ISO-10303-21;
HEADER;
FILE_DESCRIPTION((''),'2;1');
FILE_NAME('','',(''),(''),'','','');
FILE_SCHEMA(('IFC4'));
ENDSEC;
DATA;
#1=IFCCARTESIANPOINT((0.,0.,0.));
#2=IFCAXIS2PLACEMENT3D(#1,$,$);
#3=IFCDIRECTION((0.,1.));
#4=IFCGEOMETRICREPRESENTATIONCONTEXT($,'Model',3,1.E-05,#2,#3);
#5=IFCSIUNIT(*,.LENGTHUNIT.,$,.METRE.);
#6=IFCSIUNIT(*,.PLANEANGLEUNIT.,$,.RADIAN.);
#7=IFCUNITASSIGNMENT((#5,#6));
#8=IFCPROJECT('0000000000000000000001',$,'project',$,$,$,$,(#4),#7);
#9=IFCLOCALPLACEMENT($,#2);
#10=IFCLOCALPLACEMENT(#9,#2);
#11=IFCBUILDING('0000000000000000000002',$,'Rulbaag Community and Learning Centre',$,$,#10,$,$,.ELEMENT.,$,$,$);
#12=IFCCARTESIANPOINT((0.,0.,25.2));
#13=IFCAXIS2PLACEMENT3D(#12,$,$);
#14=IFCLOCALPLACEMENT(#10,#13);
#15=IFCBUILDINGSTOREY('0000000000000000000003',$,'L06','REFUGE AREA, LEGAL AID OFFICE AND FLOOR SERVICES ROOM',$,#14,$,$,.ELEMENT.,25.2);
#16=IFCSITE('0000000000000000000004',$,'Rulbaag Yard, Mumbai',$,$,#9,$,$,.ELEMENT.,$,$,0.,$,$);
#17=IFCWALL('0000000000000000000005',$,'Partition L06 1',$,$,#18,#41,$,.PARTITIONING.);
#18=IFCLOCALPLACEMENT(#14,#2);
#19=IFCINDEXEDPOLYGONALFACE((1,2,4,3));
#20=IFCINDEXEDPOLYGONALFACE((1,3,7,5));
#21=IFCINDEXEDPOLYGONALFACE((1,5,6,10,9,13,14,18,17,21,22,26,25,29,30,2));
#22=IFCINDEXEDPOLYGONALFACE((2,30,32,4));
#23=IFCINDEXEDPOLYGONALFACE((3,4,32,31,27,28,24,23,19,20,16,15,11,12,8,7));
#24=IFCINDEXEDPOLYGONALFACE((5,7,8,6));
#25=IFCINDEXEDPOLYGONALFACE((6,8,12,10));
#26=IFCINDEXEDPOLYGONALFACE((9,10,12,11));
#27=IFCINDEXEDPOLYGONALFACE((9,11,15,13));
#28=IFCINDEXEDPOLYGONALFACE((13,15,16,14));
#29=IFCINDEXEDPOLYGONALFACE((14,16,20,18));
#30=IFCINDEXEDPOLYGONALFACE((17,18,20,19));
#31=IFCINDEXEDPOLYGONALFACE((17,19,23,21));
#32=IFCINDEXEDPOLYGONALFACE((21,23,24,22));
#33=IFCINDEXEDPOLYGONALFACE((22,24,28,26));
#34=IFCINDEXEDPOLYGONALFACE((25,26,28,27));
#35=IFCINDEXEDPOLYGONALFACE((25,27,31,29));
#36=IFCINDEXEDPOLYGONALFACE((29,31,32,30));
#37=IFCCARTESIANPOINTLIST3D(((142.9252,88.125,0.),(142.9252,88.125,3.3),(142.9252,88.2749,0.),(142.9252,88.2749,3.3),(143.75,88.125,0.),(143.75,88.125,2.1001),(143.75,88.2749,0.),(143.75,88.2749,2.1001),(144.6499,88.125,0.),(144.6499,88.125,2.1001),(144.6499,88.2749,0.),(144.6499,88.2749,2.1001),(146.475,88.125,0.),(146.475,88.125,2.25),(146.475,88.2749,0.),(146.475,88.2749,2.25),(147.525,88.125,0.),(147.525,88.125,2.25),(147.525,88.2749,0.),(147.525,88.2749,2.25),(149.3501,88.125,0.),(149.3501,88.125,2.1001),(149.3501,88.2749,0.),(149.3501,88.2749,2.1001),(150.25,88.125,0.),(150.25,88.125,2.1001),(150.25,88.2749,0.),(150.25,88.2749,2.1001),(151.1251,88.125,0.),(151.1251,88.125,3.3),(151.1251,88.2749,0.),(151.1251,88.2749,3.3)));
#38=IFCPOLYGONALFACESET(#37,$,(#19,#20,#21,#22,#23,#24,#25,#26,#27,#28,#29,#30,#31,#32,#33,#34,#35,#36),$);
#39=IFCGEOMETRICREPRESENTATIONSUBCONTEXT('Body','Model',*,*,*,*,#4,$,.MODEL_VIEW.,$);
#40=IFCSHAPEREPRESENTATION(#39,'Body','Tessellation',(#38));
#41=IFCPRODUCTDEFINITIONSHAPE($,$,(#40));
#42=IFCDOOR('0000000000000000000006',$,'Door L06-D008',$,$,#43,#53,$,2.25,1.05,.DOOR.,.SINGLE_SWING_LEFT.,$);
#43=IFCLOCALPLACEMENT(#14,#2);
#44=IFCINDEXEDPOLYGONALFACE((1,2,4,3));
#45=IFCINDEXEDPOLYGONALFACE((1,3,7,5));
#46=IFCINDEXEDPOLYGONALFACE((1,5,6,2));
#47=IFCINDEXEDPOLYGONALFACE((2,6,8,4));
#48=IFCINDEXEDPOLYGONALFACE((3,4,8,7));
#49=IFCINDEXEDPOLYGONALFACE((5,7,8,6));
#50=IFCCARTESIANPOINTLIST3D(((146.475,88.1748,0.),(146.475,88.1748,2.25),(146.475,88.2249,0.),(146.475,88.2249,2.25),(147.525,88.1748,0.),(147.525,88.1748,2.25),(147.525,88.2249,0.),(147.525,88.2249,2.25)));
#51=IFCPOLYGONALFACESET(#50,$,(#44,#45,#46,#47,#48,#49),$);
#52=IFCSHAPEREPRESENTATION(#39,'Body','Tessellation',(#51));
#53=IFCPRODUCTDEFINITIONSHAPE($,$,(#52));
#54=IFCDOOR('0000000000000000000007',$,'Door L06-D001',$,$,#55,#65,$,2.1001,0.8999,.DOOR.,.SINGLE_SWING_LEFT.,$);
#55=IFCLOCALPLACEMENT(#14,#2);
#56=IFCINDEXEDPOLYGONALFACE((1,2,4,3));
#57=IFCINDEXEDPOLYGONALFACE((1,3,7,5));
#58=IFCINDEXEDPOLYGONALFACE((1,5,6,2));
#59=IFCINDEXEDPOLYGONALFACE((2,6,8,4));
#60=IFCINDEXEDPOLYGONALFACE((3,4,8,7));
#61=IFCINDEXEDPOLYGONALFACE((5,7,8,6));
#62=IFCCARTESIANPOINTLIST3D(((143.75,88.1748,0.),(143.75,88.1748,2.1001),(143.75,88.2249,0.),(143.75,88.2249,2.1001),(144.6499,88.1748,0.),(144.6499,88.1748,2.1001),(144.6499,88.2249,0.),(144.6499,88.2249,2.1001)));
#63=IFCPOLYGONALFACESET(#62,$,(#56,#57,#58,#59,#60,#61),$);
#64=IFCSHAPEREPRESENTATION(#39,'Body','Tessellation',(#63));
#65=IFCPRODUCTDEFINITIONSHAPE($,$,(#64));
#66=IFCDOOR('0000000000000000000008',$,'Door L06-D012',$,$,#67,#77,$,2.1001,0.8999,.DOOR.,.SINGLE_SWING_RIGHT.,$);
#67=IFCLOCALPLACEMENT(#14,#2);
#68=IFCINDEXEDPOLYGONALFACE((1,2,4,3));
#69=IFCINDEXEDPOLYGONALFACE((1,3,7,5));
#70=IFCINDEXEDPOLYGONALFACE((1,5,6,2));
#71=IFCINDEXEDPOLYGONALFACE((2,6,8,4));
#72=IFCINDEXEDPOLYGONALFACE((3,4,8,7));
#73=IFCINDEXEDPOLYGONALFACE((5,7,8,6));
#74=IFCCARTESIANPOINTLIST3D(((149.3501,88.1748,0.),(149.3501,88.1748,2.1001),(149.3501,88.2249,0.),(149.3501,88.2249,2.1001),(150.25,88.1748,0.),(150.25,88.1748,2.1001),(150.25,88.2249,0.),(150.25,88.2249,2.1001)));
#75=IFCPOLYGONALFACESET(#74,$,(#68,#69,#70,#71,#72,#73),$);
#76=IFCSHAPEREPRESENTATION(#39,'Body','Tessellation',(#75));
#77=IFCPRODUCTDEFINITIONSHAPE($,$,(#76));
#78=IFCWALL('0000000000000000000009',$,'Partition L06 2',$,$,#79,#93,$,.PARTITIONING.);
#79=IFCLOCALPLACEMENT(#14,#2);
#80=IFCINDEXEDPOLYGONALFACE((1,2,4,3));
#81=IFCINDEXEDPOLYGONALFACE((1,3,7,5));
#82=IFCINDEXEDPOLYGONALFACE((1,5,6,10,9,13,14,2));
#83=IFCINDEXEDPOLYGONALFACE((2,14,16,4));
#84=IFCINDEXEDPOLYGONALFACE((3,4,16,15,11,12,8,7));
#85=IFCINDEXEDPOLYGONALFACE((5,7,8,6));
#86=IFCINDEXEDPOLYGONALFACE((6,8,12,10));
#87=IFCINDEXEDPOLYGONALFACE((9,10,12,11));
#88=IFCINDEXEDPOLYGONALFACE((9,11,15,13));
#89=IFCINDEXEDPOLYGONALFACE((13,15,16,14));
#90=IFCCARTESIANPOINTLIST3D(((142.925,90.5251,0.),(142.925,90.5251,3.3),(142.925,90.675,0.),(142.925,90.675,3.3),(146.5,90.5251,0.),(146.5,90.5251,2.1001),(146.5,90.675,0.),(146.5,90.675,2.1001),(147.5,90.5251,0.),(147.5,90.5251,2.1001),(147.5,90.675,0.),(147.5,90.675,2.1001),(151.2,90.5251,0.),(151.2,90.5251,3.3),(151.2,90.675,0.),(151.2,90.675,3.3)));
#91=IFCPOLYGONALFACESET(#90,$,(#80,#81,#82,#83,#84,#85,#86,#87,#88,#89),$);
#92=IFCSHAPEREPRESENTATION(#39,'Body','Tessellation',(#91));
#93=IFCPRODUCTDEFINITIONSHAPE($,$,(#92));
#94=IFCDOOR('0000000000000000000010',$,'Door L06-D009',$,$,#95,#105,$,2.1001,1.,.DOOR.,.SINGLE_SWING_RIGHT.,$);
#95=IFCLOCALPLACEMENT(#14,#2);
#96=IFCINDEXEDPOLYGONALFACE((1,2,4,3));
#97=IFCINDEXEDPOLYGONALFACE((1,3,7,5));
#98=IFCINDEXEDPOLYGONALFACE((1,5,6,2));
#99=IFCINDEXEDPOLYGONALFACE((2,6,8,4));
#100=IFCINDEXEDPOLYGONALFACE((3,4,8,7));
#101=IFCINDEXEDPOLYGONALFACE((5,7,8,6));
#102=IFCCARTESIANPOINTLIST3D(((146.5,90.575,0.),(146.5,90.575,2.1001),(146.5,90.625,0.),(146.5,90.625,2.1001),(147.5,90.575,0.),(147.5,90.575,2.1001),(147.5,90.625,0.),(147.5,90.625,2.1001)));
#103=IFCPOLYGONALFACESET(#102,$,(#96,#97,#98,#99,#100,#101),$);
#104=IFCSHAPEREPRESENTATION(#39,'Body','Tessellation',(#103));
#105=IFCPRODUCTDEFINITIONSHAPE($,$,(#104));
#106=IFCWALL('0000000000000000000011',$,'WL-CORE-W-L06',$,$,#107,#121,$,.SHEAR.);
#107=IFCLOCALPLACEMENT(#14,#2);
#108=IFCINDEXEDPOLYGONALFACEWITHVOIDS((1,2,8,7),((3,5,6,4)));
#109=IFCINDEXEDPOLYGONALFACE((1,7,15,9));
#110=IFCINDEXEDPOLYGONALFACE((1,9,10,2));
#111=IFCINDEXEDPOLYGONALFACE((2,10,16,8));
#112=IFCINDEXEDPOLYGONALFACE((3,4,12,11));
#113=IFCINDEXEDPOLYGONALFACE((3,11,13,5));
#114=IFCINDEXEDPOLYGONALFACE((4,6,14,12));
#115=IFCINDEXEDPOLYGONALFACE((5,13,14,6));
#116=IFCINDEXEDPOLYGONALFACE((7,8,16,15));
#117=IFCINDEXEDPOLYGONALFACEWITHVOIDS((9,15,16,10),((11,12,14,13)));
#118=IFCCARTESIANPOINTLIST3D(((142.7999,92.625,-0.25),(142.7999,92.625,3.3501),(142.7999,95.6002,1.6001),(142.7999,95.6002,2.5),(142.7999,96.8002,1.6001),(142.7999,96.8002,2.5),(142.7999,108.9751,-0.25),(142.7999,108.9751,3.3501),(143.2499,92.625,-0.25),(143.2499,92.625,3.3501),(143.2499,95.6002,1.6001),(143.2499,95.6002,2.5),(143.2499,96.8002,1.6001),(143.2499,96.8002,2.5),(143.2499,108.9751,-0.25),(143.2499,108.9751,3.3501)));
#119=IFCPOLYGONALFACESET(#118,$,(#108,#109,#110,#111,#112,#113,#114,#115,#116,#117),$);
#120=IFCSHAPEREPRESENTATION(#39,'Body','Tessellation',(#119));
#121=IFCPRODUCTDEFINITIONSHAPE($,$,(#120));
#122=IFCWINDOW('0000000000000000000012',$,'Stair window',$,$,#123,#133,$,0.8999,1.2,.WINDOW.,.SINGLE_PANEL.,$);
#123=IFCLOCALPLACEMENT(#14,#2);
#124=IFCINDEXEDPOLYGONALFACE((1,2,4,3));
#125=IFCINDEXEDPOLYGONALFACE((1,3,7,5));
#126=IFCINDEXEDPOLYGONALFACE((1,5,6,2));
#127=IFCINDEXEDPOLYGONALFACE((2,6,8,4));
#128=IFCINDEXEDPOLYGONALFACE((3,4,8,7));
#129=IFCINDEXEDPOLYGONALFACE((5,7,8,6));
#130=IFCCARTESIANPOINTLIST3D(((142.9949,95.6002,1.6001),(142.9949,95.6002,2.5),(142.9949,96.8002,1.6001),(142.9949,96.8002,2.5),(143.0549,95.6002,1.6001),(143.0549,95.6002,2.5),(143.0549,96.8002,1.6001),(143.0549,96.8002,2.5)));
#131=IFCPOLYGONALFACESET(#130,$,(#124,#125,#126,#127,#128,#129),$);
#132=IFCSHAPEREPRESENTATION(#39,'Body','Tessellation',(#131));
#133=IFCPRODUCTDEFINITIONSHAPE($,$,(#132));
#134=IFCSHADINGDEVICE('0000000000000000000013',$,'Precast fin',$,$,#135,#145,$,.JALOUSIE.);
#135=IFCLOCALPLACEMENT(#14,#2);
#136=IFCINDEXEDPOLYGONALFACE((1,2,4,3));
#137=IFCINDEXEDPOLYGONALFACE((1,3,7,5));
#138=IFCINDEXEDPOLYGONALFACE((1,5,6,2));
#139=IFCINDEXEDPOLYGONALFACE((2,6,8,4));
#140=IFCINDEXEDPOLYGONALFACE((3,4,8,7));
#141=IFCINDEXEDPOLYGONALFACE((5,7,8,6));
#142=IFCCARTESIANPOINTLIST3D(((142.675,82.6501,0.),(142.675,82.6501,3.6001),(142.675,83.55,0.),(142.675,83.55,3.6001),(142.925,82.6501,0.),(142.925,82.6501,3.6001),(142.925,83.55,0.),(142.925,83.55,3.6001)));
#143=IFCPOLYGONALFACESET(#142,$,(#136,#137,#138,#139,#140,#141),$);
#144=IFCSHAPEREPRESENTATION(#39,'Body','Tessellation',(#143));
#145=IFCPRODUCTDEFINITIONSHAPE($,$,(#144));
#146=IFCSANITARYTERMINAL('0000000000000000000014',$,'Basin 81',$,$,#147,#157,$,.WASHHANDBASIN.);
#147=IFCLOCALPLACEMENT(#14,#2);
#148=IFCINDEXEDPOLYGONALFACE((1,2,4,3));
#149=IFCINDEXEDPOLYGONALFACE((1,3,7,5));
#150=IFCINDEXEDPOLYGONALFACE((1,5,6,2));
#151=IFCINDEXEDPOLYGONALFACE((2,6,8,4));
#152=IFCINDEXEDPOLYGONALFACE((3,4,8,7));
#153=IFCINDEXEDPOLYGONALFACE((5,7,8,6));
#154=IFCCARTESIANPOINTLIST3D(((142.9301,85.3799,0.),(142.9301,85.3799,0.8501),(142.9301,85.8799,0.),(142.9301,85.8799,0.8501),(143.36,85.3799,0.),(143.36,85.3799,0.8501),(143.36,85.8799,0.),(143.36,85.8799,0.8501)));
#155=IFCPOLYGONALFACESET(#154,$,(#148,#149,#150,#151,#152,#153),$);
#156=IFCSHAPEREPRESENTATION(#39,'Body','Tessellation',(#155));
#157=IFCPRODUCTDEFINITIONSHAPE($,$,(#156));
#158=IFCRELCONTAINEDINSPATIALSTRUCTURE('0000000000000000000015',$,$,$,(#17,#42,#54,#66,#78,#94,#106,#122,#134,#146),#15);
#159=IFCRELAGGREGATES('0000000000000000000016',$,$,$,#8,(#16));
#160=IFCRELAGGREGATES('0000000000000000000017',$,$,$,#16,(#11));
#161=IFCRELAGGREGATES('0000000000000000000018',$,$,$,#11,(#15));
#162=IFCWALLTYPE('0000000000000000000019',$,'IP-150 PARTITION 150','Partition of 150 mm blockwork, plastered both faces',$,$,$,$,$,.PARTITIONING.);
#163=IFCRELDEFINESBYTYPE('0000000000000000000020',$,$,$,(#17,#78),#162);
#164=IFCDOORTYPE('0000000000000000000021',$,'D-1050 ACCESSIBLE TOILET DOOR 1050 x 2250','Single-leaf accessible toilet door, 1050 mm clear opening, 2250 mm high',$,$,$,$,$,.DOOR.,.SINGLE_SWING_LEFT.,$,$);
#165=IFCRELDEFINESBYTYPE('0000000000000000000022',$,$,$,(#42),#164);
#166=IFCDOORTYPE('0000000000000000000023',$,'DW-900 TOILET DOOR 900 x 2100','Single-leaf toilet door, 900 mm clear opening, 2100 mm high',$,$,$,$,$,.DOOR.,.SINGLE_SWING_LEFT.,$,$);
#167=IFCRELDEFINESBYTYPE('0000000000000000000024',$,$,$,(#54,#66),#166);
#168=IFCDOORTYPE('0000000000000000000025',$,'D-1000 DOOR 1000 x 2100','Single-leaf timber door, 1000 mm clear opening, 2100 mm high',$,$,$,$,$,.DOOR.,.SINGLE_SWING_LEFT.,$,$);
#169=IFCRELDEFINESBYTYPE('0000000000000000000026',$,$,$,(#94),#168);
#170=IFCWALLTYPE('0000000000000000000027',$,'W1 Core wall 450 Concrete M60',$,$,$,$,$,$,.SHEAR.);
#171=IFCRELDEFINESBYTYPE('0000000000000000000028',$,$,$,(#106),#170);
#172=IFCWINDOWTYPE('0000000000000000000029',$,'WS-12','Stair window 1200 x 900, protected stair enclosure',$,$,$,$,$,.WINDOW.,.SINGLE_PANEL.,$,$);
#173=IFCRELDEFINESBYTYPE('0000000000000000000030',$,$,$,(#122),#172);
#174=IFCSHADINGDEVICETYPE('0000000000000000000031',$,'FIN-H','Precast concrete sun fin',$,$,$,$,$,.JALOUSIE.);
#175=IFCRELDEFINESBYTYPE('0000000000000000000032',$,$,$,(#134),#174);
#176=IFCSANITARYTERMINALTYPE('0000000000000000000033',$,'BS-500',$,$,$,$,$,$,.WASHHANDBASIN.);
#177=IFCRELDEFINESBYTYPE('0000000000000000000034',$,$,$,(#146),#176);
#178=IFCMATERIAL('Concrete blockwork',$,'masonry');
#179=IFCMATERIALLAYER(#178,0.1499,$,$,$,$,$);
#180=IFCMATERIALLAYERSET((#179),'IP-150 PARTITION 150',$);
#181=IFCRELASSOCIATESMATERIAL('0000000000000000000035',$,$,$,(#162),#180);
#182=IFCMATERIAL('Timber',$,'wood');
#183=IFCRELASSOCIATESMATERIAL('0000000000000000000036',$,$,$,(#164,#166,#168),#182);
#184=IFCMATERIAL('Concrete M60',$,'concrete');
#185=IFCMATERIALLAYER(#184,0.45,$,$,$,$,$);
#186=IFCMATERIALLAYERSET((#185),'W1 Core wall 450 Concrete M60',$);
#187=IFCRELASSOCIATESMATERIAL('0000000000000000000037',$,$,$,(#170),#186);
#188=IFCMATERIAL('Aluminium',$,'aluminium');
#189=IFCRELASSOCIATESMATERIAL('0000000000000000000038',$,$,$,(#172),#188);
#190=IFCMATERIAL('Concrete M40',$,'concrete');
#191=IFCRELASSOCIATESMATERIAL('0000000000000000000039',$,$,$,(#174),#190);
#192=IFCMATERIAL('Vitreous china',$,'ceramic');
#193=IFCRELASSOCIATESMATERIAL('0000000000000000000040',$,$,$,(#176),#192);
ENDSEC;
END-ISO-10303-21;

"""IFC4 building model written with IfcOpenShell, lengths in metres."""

from ifc_helpers import new_model, si_unit, direction, frame, frame_2d, origin, origin_2d, place, context, subcontext, project, spatial, rectangle, extrude, material, layer, layer_set, material_profile, profile_set, type_object, element, fill, save


model = new_model("IFC4")

# Units and contexts
model_context = context("Model", 3, precision=1e-05, world=origin(), true_north=direction((0.0, 1.0)))
body_context = subcontext(model_context, "Body", "Model", "MODEL_VIEW")
ifc_project = project(units=[si_unit("LENGTHUNIT", "METRE"), si_unit("PLANEANGLEUNIT", "RADIAN")], contexts=[model_context])

# Site, building, storey
site_placement = place(None, origin())
site = spatial("IfcSite", under=ifc_project, at=site_placement, Name="Rulbaag Yard, Mumbai", CompositionType="ELEMENT", RefElevation=0.0)
building_placement = place(site_placement, origin())
building = spatial("IfcBuilding", under=site, at=building_placement, Name="Rulbaag Community and Learning Centre", CompositionType="ELEMENT")
storey_placement = place(building_placement, frame((0.0, 0.0, 25.2)))
storey = spatial("IfcBuildingStorey", under=building, at=storey_placement, Name="L06", Description="REFUGE AREA, LEGAL AID OFFICE AND FLOOR SERVICES ROOM", CompositionType="ELEMENT", Elevation=25.2)

# Shared definitions
ifc_material_1 = material(Name="Aluminium", Category="aluminium")

# Shared definitions
ifc_material_2 = material(Name="Concrete M40", Category="concrete")

# Wall, openings, doors
ifc_material_3 = material(Name="Concrete blockwork", Category="masonry")
ifc_material_4 = material(Name="Timber", Category="wood")
ifc_layer_1 = layer(ifc_material_3, 0.1499)
ifc_layer_set_1 = layer_set([ifc_layer_1], Name="IP-150 PARTITION 150")
wall_type_1 = type_object("IfcWallType", Name="IP-150 PARTITION 150", Description="Partition of 150 mm blockwork, plastered both faces", PredefinedType="PARTITIONING", material=ifc_layer_set_1)
wall_1_placement = place(storey_placement, frame((142.925, 88.2, 0.0), z_axis=(0.0, 0.0, 1.0), x_axis=(1.0, 0.0, 0.0)))
wall_1 = element("IfcWall", 1, at=wall_1_placement, inside=storey, type_object=wall_type_1, Name="Partition L06 1", PredefinedType="PARTITIONING", context=body_context, shape_type="SweptSolid", body=[
    extrude(rectangle(XDim=8.2, YDim=0.1499, at=frame_2d((4.1001, 0.0))), origin(), (0.0, 0.0, 1.0), 3.3),
])
opening_1_placement = place(wall_1_placement, frame((0.825, 0.0, 0.0)))
opening_1 = element("IfcOpeningElement", 2, at=opening_1_placement, cuts=wall_1, PredefinedType="OPENING", context=body_context, shape_type="SweptSolid", body=[
    extrude(rectangle(XDim=0.8999, YDim=2.1001, at=frame_2d((0.45, 1.05))), frame((0.0, 0.085, 0.0), z_axis=(0.0, -1.0, 0.0), x_axis=(1.0, 0.0, 0.0)), (0.0, 0.0, 1.0), 0.1699),
])
opening_2_placement = place(wall_1_placement, frame((3.55, 0.0, 0.0)))
opening_2 = element("IfcOpeningElement", 3, at=opening_2_placement, cuts=wall_1, PredefinedType="OPENING", context=body_context, shape_type="SweptSolid", body=[
    extrude(rectangle(XDim=1.05, YDim=2.25, at=frame_2d((0.5249, 1.125))), frame((0.0, 0.085, 0.0), z_axis=(0.0, -1.0, 0.0), x_axis=(1.0, 0.0, 0.0)), (0.0, 0.0, 1.0), 0.1699),
])
opening_3_placement = place(wall_1_placement, frame((6.425, 0.0, 0.0)))
opening_3 = element("IfcOpeningElement", 4, at=opening_3_placement, cuts=wall_1, PredefinedType="OPENING", context=body_context, shape_type="SweptSolid", body=[
    extrude(rectangle(XDim=0.8999, YDim=2.1001, at=frame_2d((0.45, 1.05))), frame((0.0, 0.085, 0.0), z_axis=(0.0, -1.0, 0.0), x_axis=(1.0, 0.0, 0.0)), (0.0, 0.0, 1.0), 0.1699),
])
door_type_1 = type_object("IfcDoorType", Name="D-1050 ACCESSIBLE TOILET DOOR 1050 x 2250", Description="Single-leaf accessible toilet door, 1050 mm clear opening, 2250 mm high", OperationType="SINGLE_SWING_LEFT", PredefinedType="DOOR", material=ifc_material_4)
door_1_placement = place(opening_2_placement, origin())
door_1 = element("IfcDoor", 5, at=door_1_placement, inside=storey, type_object=door_type_1, Name="Door L06-D008", OperationType="SINGLE_SWING_LEFT", OverallHeight=2.25, OverallWidth=1.05, PredefinedType="DOOR", context=body_context, shape_type="SweptSolid", body=[
    extrude(rectangle(XDim=1.05, YDim=2.25, at=frame_2d((0.5249, 1.125))), frame((0.0, 0.0249, 0.0), z_axis=(0.0, -1.0, 0.0), x_axis=(1.0, 0.0, 0.0)), (0.0, 0.0, 1.0), 0.05),
])
fill(opening_2, door_1)
door_type_2 = type_object("IfcDoorType", Name="DW-900 TOILET DOOR 900 x 2100", Description="Single-leaf toilet door, 900 mm clear opening, 2100 mm high", OperationType="SINGLE_SWING_LEFT", PredefinedType="DOOR", material=ifc_material_4)
door_2_placement = place(opening_1_placement, origin())
door_2 = element("IfcDoor", 6, at=door_2_placement, inside=storey, type_object=door_type_2, Name="Door L06-D001", OperationType="SINGLE_SWING_LEFT", OverallHeight=2.1001, OverallWidth=0.8999, PredefinedType="DOOR", context=body_context, shape_type="SweptSolid", body=[
    extrude(rectangle(XDim=0.8999, YDim=2.1001, at=frame_2d((0.45, 1.05))), frame((0.0, 0.0249, 0.0), z_axis=(0.0, -1.0, 0.0), x_axis=(1.0, 0.0, 0.0)), (0.0, 0.0, 1.0), 0.05),
])
fill(opening_1, door_2)
door_3_placement = place(opening_3_placement, origin())
door_3 = element("IfcDoor", 7, at=door_3_placement, inside=storey, type_object=door_type_2, Name="Door L06-D012", OperationType="SINGLE_SWING_RIGHT", OverallHeight=2.1001, OverallWidth=0.8999, PredefinedType="DOOR", context=body_context, shape_type="SweptSolid", body=[
    extrude(rectangle(XDim=0.8999, YDim=2.1001, at=frame_2d((0.45, 1.05))), frame((0.0, 0.0249, 0.0), z_axis=(0.0, -1.0, 0.0), x_axis=(1.0, 0.0, 0.0)), (0.0, 0.0, 1.0), 0.05),
])
fill(opening_3, door_3)

# Wall, opening, door
wall_2_placement = place(storey_placement, frame((142.925, 90.6001, 0.0), z_axis=(0.0, 0.0, 1.0), x_axis=(1.0, 0.0, 0.0)))
wall_2 = element("IfcWall", 8, at=wall_2_placement, inside=storey, type_object=wall_type_1, Name="Partition L06 2", PredefinedType="PARTITIONING", context=body_context, shape_type="SweptSolid", body=[
    extrude(rectangle(XDim=8.2749, YDim=0.1499, at=frame_2d((4.1375, 0.0))), origin(), (0.0, 0.0, 1.0), 3.3),
])
opening_4_placement = place(wall_2_placement, frame((3.575, 0.0, 0.0)))
opening_4 = element("IfcOpeningElement", 9, at=opening_4_placement, cuts=wall_2, PredefinedType="OPENING", context=body_context, shape_type="SweptSolid", body=[
    extrude(rectangle(XDim=1.0, YDim=2.1001, at=frame_2d((0.5, 1.05))), frame((0.0, 0.085, 0.0), z_axis=(0.0, -1.0, 0.0), x_axis=(1.0, 0.0, 0.0)), (0.0, 0.0, 1.0), 0.1699),
])
door_type_3 = type_object("IfcDoorType", Name="D-1000 DOOR 1000 x 2100", Description="Single-leaf timber door, 1000 mm clear opening, 2100 mm high", OperationType="SINGLE_SWING_LEFT", PredefinedType="DOOR", material=ifc_material_4)
door_4_placement = place(opening_4_placement, origin())
door_4 = element("IfcDoor", 10, at=door_4_placement, inside=storey, type_object=door_type_3, Name="Door L06-D009", OperationType="SINGLE_SWING_RIGHT", OverallHeight=2.1001, OverallWidth=1.0, PredefinedType="DOOR", context=body_context, shape_type="SweptSolid", body=[
    extrude(rectangle(XDim=1.0, YDim=2.1001, at=frame_2d((0.5, 1.05))), frame((0.0, 0.0249, 0.0), z_axis=(0.0, -1.0, 0.0), x_axis=(1.0, 0.0, 0.0)), (0.0, 0.0, 1.0), 0.05),
])
fill(opening_4, door_4)

# Wall, opening, window
ifc_material_5 = material(Name="Concrete M60", Category="concrete")
ifc_layer_2 = layer(ifc_material_5, 0.45)
ifc_layer_set_2 = layer_set([ifc_layer_2], Name="W1 Core wall 450 Concrete M60")
wall_type_2 = type_object("IfcWallType", Name="W1 Core wall 450 Concrete M60", PredefinedType="SHEAR", material=ifc_layer_set_2)
wall_3_placement = place(storey_placement, frame((143.0249, 92.625, -0.25), z_axis=(0.0, 0.0, 1.0), x_axis=(0.0, 1.0, 0.0)))
wall_3 = element("IfcWall", 11, at=wall_3_placement, inside=storey, type_object=wall_type_2, Name="WL-CORE-W-L06", PredefinedType="SHEAR", context=body_context, shape_type="SweptSolid", body=[
    extrude(rectangle(XDim=16.3501, YDim=0.45, at=frame_2d((8.175, 0.0))), origin(), (0.0, 0.0, 1.0), 3.6001),
])
opening_5_placement = place(wall_3_placement, frame((2.9751, 0.0, 1.8501)))
opening_5 = element("IfcOpeningElement", 12, at=opening_5_placement, cuts=wall_3, PredefinedType="OPENING", context=body_context, shape_type="SweptSolid", body=[
    extrude(rectangle(XDim=1.2, YDim=0.8999, at=frame_2d((0.6001, 0.45))), frame((0.0, 0.2349, 0.0), z_axis=(0.0, -1.0, 0.0), x_axis=(1.0, 0.0, 0.0)), (0.0, 0.0, 1.0), 0.47),
])
window_type_1 = type_object("IfcWindowType", Name="WS-12", Description="Stair window 1200 x 900, protected stair enclosure", PartitioningType="SINGLE_PANEL", PredefinedType="WINDOW", material=ifc_material_1)
window_1_placement = place(opening_5_placement, origin())
window_1 = element("IfcWindow", 13, at=window_1_placement, inside=storey, type_object=window_type_1, Name="Stair window", OverallHeight=0.8999, OverallWidth=1.2, PartitioningType="SINGLE_PANEL", PredefinedType="WINDOW", context=body_context, shape_type="SweptSolid", body=[
    extrude(rectangle(XDim=1.2, YDim=0.8999, at=frame_2d((0.6001, 0.45))), frame((0.0, 0.03, 0.0), z_axis=(0.0, -1.0, 0.0), x_axis=(1.0, 0.0, 0.0)), (0.0, 0.0, 1.0), 0.0601),
])
fill(opening_5, window_1)

# Shading device
ifc_material_profile_1 = material_profile(ifc_material_2, rectangle(XDim=0.25, YDim=0.8999, at=origin_2d()), Name="PC 250x900")
ifc_profile_set_1 = profile_set([ifc_material_profile_1], Name="Concrete M40")
shading_device_type = type_object("IfcShadingDeviceType", Name="FIN-H", Description="Precast concrete sun fin", PredefinedType="JALOUSIE", material=ifc_profile_set_1)
shading_device_placement = place(storey_placement, frame((142.8, 83.1001, 0.0), z_axis=(0.0, 0.0, 1.0), x_axis=(1.0, 0.0, 0.0)))
element("IfcShadingDevice", 14, at=shading_device_placement, inside=storey, type_object=shading_device_type, Name="Precast fin", PredefinedType="JALOUSIE", context=body_context, shape_type="SweptSolid", body=[
    extrude(rectangle(XDim=0.25, YDim=0.8999, at=origin_2d()), origin(), (0.0, 0.0, 1.0), 3.6001),
])

# Sanitary terminal
ifc_material_6 = material(Name="Vitreous china", Category="ceramic")
sanitary_terminal_type_1 = type_object("IfcSanitaryTerminalType", Name="BS-500", PredefinedType="WASHHANDBASIN", material=ifc_material_6)
sanitary_terminal_1_placement = place(storey_placement, frame((143.145, 85.6299, 0.0), z_axis=(0.0, 0.0, 1.0), x_axis=(1.0, 0.0, 0.0)))
element("IfcSanitaryTerminal", 15, at=sanitary_terminal_1_placement, inside=storey, type_object=sanitary_terminal_type_1, Name="Basin 81", PredefinedType="WASHHANDBASIN", context=body_context, shape_type="SweptSolid", body=[
    extrude(rectangle(XDim=0.4299, YDim=0.5, at=origin_2d()), origin(), (0.0, 0.0, 1.0), 0.8501),
])

save(model, "model.ifc")
